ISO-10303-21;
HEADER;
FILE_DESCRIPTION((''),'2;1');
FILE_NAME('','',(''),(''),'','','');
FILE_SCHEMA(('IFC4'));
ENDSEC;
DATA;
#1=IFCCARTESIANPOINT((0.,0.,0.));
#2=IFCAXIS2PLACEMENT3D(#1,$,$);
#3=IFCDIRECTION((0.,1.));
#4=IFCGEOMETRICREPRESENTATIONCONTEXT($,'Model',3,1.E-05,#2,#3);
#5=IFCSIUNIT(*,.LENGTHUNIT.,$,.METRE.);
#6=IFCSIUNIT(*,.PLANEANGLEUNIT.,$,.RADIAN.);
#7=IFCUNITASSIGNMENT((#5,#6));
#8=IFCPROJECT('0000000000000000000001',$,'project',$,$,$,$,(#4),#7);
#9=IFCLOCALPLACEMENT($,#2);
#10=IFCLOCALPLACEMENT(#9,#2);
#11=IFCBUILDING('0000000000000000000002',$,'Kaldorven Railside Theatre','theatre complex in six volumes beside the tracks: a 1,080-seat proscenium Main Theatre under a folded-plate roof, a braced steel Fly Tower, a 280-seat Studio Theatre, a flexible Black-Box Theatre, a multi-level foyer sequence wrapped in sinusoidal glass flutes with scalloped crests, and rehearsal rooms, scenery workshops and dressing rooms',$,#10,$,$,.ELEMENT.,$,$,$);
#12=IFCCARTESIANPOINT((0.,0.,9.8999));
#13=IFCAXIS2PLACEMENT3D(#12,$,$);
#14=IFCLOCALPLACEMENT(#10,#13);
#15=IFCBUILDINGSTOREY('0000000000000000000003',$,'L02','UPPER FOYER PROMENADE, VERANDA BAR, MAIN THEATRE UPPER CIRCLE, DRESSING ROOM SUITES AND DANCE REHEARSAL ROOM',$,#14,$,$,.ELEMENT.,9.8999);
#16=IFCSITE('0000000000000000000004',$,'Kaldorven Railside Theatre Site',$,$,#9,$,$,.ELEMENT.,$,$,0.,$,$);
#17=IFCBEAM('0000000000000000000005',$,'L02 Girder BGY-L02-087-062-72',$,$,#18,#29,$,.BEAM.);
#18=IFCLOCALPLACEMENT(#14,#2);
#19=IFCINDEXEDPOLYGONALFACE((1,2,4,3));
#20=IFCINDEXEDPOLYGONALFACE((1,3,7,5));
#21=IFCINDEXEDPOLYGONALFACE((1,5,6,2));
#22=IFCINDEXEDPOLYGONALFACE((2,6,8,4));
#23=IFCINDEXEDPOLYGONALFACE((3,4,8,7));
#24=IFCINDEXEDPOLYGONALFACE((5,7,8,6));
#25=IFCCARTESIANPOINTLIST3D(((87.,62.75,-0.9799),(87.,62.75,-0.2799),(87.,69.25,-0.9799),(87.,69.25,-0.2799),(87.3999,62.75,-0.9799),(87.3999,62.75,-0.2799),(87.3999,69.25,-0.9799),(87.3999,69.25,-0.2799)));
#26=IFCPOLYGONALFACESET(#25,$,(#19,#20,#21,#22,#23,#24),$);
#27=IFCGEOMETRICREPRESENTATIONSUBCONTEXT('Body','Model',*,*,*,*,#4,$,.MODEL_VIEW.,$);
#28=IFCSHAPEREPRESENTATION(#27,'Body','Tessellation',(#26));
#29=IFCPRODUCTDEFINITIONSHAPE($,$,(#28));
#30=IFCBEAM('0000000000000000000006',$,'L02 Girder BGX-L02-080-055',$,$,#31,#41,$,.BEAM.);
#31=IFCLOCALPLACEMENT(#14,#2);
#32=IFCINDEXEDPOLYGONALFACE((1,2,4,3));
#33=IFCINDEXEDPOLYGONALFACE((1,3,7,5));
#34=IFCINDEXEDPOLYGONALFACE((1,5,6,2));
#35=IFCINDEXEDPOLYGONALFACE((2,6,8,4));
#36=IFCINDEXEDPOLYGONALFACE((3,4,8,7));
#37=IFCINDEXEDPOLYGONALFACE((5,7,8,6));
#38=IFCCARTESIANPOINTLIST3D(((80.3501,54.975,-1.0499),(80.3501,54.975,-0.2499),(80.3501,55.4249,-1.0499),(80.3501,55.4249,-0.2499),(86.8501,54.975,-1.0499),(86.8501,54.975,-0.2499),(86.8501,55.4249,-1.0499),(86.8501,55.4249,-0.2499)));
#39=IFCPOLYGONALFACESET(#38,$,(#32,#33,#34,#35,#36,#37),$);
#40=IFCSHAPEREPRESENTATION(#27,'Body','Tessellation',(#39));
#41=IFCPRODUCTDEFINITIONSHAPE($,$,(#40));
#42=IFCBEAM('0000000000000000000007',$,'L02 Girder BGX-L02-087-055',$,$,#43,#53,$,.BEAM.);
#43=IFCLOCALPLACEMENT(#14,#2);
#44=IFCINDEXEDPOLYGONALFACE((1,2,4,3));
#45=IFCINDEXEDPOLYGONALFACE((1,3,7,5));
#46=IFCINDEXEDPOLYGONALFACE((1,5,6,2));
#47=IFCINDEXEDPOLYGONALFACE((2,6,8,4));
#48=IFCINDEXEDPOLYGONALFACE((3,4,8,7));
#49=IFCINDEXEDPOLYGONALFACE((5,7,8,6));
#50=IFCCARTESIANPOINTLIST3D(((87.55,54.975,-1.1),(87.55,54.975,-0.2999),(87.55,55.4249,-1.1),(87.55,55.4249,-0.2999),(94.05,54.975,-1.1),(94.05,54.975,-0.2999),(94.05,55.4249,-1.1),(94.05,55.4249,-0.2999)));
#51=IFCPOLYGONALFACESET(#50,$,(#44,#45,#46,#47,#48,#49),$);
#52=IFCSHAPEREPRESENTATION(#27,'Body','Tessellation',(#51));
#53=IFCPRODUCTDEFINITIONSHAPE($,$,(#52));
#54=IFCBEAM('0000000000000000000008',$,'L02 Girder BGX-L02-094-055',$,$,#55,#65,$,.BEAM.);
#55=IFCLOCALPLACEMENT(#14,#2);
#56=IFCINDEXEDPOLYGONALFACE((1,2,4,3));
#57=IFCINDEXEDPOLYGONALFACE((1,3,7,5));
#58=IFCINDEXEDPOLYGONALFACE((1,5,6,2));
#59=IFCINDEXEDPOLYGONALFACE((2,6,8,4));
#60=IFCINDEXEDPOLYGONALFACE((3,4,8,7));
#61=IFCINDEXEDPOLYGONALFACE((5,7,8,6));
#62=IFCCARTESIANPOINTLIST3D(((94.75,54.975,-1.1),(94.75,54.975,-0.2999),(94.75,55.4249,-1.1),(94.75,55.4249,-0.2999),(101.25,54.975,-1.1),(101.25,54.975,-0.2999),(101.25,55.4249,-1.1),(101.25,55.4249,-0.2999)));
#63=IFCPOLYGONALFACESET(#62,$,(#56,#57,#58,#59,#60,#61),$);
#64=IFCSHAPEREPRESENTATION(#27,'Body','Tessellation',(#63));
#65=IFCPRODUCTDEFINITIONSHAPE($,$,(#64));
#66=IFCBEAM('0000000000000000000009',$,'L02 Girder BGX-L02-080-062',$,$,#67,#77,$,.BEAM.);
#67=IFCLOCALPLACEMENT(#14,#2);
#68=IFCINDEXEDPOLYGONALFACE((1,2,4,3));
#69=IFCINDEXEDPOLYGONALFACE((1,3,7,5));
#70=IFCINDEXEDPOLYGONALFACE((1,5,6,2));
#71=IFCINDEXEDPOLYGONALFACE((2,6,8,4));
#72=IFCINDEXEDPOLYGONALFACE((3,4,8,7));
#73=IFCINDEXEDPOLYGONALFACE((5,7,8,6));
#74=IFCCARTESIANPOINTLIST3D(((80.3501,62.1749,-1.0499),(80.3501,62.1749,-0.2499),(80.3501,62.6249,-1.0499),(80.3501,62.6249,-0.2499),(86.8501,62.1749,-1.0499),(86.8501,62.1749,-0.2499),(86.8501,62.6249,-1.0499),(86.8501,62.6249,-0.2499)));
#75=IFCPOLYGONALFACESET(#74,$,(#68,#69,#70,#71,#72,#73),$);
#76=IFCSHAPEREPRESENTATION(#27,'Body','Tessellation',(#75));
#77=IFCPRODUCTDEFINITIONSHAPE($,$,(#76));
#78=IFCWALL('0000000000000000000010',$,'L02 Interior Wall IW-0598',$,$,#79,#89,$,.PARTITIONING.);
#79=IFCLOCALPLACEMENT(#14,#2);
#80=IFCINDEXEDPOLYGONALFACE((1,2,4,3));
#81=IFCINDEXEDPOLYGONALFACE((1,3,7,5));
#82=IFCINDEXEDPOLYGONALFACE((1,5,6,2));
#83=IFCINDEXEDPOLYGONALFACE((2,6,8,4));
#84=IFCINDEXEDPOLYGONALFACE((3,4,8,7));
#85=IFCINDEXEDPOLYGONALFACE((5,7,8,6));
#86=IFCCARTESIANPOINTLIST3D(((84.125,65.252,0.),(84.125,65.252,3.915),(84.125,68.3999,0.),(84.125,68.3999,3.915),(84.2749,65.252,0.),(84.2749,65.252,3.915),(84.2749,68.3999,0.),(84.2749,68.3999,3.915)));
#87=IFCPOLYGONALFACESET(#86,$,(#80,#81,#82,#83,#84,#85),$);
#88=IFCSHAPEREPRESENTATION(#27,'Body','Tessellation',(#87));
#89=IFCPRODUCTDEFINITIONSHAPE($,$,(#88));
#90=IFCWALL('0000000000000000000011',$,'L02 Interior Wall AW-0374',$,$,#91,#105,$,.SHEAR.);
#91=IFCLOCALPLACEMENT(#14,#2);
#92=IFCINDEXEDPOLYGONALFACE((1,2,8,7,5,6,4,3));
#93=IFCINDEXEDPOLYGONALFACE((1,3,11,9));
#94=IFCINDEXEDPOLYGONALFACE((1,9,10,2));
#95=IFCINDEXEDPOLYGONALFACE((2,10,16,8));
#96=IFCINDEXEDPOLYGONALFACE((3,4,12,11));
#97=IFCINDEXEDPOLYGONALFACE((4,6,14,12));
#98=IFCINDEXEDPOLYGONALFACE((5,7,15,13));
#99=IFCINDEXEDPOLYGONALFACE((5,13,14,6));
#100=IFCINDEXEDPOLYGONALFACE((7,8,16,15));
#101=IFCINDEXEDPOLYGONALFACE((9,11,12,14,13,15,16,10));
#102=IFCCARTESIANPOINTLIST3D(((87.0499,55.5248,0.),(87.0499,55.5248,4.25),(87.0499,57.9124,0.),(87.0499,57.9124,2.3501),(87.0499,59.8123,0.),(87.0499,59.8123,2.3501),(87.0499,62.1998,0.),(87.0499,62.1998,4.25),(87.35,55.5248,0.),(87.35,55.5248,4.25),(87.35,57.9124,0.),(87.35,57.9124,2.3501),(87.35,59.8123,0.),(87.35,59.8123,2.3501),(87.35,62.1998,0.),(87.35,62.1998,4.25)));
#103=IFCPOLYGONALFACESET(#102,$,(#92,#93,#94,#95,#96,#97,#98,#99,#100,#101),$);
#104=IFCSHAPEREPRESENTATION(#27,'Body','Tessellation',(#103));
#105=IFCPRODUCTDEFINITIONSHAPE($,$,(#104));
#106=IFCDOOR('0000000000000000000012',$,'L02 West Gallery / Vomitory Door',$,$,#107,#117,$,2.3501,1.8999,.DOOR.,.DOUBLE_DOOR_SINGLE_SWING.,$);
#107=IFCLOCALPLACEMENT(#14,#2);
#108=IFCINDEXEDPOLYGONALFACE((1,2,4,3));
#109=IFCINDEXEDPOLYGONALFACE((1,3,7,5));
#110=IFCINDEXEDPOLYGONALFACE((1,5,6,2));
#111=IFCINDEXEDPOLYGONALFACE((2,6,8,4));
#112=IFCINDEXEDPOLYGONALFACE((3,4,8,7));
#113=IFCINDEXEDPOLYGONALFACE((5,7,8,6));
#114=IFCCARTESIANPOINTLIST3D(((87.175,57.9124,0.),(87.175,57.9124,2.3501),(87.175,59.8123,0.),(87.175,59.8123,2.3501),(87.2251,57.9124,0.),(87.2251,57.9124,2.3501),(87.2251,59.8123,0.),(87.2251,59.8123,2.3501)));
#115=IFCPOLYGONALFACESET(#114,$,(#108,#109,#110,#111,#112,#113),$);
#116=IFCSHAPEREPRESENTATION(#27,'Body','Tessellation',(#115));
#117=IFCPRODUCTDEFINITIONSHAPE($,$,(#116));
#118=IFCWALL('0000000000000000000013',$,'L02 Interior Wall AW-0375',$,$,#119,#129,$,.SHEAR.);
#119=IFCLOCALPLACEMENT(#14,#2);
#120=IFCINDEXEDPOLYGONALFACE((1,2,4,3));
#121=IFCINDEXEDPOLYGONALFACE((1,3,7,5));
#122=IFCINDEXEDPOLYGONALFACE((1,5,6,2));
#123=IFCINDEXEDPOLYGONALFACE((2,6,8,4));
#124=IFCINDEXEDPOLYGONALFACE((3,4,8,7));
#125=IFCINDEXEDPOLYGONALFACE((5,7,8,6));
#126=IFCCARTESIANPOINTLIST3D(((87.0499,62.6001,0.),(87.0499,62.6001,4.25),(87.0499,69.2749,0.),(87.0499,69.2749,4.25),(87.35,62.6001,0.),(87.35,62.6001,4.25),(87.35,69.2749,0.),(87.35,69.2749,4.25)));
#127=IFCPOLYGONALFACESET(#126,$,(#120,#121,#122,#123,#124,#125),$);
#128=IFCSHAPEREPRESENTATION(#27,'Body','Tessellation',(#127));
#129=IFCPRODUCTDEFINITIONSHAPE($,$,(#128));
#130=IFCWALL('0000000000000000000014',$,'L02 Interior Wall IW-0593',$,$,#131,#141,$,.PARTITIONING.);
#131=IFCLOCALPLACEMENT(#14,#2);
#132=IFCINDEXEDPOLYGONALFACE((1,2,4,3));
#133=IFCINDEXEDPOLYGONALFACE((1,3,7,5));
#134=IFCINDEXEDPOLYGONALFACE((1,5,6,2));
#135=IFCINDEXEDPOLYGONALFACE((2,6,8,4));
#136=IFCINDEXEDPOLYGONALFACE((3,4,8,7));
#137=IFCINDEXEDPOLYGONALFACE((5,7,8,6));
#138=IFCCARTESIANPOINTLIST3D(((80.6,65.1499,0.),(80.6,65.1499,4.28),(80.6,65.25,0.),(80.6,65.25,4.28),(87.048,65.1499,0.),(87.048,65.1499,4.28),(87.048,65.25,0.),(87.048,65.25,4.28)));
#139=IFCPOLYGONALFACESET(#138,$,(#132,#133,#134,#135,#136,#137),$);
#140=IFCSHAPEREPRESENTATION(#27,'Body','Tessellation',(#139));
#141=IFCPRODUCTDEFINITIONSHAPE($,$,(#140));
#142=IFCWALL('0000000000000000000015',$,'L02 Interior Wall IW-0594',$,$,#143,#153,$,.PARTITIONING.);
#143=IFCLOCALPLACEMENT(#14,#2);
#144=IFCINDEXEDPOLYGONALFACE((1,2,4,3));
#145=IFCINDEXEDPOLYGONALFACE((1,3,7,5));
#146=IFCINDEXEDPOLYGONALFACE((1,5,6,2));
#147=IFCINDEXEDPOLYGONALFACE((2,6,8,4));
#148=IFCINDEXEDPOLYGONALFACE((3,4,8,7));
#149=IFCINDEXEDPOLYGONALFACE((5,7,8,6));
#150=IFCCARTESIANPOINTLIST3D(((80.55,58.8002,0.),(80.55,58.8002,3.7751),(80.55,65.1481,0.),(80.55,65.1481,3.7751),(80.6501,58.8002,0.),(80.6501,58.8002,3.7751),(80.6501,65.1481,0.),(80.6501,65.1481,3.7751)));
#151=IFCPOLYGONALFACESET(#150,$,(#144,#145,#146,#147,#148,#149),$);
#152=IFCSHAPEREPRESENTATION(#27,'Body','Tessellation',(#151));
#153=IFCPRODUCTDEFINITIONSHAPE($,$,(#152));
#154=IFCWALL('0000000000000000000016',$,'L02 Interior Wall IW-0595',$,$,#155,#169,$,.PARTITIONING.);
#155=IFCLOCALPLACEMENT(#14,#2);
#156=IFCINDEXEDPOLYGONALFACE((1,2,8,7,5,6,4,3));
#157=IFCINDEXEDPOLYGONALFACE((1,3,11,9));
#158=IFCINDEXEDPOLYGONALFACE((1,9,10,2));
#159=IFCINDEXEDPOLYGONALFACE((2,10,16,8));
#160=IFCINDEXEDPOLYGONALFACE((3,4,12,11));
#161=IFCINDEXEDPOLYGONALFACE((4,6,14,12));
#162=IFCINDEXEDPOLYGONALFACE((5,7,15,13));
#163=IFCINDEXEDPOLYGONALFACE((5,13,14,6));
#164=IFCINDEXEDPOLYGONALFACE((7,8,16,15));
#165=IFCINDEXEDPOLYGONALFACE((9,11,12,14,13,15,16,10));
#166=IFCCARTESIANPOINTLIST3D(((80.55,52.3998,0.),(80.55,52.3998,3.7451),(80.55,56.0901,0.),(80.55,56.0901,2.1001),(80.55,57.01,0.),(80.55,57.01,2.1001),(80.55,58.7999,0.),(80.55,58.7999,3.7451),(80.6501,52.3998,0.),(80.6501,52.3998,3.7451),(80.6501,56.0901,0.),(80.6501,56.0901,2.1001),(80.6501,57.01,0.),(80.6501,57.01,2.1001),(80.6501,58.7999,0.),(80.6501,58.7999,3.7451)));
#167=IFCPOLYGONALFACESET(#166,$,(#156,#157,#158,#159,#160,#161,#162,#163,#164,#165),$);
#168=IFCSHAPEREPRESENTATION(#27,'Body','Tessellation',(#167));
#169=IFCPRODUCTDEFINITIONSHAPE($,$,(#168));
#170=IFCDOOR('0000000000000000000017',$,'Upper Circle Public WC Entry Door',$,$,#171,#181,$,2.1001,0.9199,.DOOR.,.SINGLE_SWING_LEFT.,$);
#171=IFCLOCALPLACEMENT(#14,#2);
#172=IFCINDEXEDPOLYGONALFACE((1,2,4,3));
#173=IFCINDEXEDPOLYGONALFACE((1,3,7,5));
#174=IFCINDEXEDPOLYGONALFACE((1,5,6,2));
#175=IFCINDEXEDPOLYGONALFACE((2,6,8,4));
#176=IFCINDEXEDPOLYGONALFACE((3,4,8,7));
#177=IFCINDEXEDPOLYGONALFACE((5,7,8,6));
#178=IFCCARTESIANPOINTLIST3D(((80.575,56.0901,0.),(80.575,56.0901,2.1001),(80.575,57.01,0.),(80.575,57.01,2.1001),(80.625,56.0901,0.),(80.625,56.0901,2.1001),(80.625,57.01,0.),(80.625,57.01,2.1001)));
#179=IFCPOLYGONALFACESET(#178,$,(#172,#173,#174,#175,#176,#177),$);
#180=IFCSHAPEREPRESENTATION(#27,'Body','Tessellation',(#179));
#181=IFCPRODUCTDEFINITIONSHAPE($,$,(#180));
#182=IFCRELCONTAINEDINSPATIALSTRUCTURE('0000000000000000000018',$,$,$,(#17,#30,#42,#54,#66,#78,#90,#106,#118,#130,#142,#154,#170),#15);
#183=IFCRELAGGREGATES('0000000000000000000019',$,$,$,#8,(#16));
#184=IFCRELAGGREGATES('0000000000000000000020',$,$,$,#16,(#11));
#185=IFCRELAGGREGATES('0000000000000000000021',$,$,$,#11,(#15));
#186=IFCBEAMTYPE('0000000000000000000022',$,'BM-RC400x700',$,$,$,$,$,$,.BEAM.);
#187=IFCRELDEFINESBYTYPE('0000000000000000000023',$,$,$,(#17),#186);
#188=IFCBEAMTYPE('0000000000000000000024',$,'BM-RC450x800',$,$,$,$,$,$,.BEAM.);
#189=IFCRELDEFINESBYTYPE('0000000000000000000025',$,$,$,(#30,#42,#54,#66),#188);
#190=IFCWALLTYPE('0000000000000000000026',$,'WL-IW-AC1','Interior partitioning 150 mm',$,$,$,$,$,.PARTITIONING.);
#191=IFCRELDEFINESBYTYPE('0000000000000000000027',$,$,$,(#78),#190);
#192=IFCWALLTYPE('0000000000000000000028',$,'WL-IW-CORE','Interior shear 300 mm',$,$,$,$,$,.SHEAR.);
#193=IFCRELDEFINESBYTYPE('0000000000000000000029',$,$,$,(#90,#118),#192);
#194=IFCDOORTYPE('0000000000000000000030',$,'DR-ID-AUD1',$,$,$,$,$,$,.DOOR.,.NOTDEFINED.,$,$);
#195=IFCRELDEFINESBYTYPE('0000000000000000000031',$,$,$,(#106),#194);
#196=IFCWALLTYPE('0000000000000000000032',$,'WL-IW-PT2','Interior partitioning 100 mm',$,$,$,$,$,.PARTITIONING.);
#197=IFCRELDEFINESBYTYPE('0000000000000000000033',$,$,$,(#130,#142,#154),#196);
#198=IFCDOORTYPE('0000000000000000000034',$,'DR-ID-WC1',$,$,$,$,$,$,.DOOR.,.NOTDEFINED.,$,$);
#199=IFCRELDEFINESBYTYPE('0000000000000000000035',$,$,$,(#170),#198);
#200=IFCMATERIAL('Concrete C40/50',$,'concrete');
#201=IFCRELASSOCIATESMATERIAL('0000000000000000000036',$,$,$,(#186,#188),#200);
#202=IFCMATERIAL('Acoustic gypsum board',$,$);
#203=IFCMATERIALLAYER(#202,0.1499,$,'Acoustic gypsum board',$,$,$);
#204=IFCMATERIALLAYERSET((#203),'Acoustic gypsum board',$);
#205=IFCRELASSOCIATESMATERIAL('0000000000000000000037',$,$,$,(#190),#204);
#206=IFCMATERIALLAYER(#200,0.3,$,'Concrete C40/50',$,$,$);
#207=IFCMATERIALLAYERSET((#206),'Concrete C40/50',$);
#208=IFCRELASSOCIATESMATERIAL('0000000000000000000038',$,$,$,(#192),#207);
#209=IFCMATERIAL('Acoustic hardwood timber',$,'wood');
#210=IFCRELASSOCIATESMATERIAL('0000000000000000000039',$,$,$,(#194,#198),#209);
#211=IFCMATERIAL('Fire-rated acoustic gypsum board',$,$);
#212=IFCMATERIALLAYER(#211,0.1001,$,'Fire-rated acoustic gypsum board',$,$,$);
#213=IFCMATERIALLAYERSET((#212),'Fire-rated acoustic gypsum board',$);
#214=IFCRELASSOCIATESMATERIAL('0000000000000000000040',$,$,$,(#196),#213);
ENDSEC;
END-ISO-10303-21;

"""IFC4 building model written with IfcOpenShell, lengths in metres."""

from ifc_helpers import new_model, si_unit, direction, frame, frame_2d, origin, origin_2d, place, context, subcontext, project, spatial, rectangle, extrude, material, layer, layer_set, material_profile, profile_set, type_object, element, fill, save


model = new_model("IFC4")

# Units and contexts
model_context = context("Model", 3, precision=1e-05, world=origin(), true_north=direction((0.0, 1.0)))
body_context = subcontext(model_context, "Body", "Model", "MODEL_VIEW")
ifc_project = project(units=[si_unit("LENGTHUNIT", "METRE"), si_unit("PLANEANGLEUNIT", "RADIAN")], contexts=[model_context])

# Site, building, storey
site_placement = place(None, origin())
site = spatial("IfcSite", under=ifc_project, at=site_placement, Name="Kaldorven Railside Theatre Site", CompositionType="ELEMENT", RefElevation=0.0)
building_placement = place(site_placement, origin())
building = spatial("IfcBuilding", under=site, at=building_placement, Name="Kaldorven Railside Theatre", Description="theatre complex in six volumes beside the tracks: a 1,080-seat proscenium Main Theatre under a folded-plate roof, a braced steel Fly Tower, a 280-seat Studio Theatre, a flexible Black-Box Theatre, a multi-level foyer sequence wrapped in sinusoidal glass flutes with scalloped crests, and rehearsal rooms, scenery workshops and dressing rooms", CompositionType="ELEMENT")
storey_placement = place(building_placement, frame((0.0, 0.0, 9.8999)))
storey = spatial("IfcBuildingStorey", under=building, at=storey_placement, Name="L02", Description="UPPER FOYER PROMENADE, VERANDA BAR, MAIN THEATRE UPPER CIRCLE, DRESSING ROOM SUITES AND DANCE REHEARSAL ROOM", CompositionType="ELEMENT", Elevation=9.8999)

# Shared definitions
ifc_material_1 = material(Name="Concrete C40/50", Category="concrete")

# Beams
ifc_material_profile_1 = material_profile(ifc_material_1, rectangle(XDim=0.3999, YDim=0.7, at=origin_2d()), Name="RC 400x700")
ifc_profile_set_1 = profile_set([ifc_material_profile_1], Name="Concrete C40/50")
beam_type_1 = type_object("IfcBeamType", Name="BM-RC400x700", PredefinedType="BEAM", material=ifc_profile_set_1)
for number, where, z_axis, x_axis, name in (
    (1, (87.2, 62.75, -0.6299), (0.0, 1.0, 0.0), (-1.0, 0.0, 0.0), "L02 Girder BGY-L02-087-062-72"),
):
    element("IfcBeam", number, at=place(storey_placement, frame(where, z_axis=z_axis, x_axis=x_axis)), inside=storey, type_object=beam_type_1, Name=name, PredefinedType="BEAM", context=body_context, shape_type="SweptSolid", body=[
        extrude(rectangle(XDim=0.3999, YDim=0.7, at=origin_2d()), origin(), (0.0, 0.0, 1.0), 6.5),
    ])
ifc_material_profile_2 = material_profile(ifc_material_1, rectangle(XDim=0.45, YDim=0.8, at=origin_2d()), Name="RC 450x800")
ifc_profile_set_2 = profile_set([ifc_material_profile_2], Name="Concrete C40/50")
beam_type_2 = type_object("IfcBeamType", Name="BM-RC450x800", PredefinedType="BEAM", material=ifc_profile_set_2)
for number, where, z_axis, x_axis, name in (
    (2, (80.3501, 55.2, -0.6499), (1.0, 0.0, 0.0), (0.0, 1.0, 0.0), "L02 Girder BGX-L02-080-055"),
    (3, (87.55, 55.2, -0.7), (1.0, 0.0, 0.0), (0.0, 1.0, 0.0), "L02 Girder BGX-L02-087-055"),
    (4, (94.75, 55.2, -0.7), (1.0, 0.0, 0.0), (0.0, 1.0, 0.0), "L02 Girder BGX-L02-094-055"),
    (5, (80.3501, 62.3999, -0.6499), (1.0, 0.0, 0.0), (0.0, 1.0, 0.0), "L02 Girder BGX-L02-080-062"),
):
    element("IfcBeam", number, at=place(storey_placement, frame(where, z_axis=z_axis, x_axis=x_axis)), inside=storey, type_object=beam_type_2, Name=name, PredefinedType="BEAM", context=body_context, shape_type="SweptSolid", body=[
        extrude(rectangle(XDim=0.45, YDim=0.8, at=origin_2d()), origin(), (0.0, 0.0, 1.0), 6.5),
    ])

# Wall
ifc_material_2 = material(Name="Acoustic gypsum board")
ifc_layer_1 = layer(ifc_material_2, 0.1499, Name="Acoustic gypsum board")
ifc_layer_set_1 = layer_set([ifc_layer_1], Name="Acoustic gypsum board")
wall_type_1 = type_object("IfcWallType", Name="WL-IW-AC1", Description="Interior partitioning 150 mm", PredefinedType="PARTITIONING", material=ifc_layer_set_1)
wall_1_placement = place(storey_placement, frame((84.2, 65.252, 0.0), z_axis=(0.0, 0.0, 1.0), x_axis=(0.0, 1.0, 0.0)))
element("IfcWall", 6, at=wall_1_placement, inside=storey, type_object=wall_type_1, Name="L02 Interior Wall IW-0598", PredefinedType="PARTITIONING", context=body_context, shape_type="SweptSolid", body=[
    extrude(rectangle(XDim=3.1479, YDim=0.1499, at=frame_2d((1.574, 0.0))), origin(), (0.0, 0.0, 1.0), 3.915),
])

# Wall, opening, door
ifc_layer_2 = layer(ifc_material_1, 0.3, Name="Concrete C40/50")
ifc_layer_set_2 = layer_set([ifc_layer_2], Name="Concrete C40/50")
wall_type_2 = type_object("IfcWallType", Name="WL-IW-CORE", Description="Interior shear 300 mm", PredefinedType="SHEAR", material=ifc_layer_set_2)
wall_2_placement = place(storey_placement, frame((87.2, 55.5249, 0.0), z_axis=(0.0, 0.0, 1.0), x_axis=(0.0, 1.0, 0.0)))
wall_2 = element("IfcWall", 7, at=wall_2_placement, inside=storey, type_object=wall_type_2, Name="L02 Interior Wall AW-0374", PredefinedType="SHEAR", context=body_context, shape_type="SweptSolid", body=[
    extrude(rectangle(XDim=6.675, YDim=0.3, at=frame_2d((3.3374, 0.0))), origin(), (0.0, 0.0, 1.0), 4.25),
])
opening_1_placement = place(wall_2_placement, frame((2.3875, 0.0, 0.0)))
opening_1 = element("IfcOpeningElement", 8, at=opening_1_placement, cuts=wall_2, PredefinedType="OPENING", context=body_context, shape_type="SweptSolid", body=[
    extrude(rectangle(XDim=1.8999, YDim=2.3501, at=frame_2d((0.95, 1.175))), frame((0.0, 0.1602, 0.0), z_axis=(0.0, -1.0, 0.0), x_axis=(1.0, 0.0, 0.0)), (0.0, 0.0, 1.0), 0.3201),
])
ifc_material_3 = material(Name="Acoustic hardwood timber", Category="wood")
door_type_1 = type_object("IfcDoorType", Name="DR-ID-AUD1", OperationType="NOTDEFINED", PredefinedType="DOOR", material=ifc_material_3)
door_1_placement = place(opening_1_placement, origin())
door_1 = element("IfcDoor", 9, at=door_1_placement, inside=storey, type_object=door_type_1, Name="L02 West Gallery / Vomitory Door", OperationType="DOUBLE_DOOR_SINGLE_SWING", OverallHeight=2.3501, OverallWidth=1.8999, PredefinedType="DOOR", context=body_context, shape_type="SweptSolid", body=[
    extrude(rectangle(XDim=1.8999, YDim=2.3501, at=frame_2d((0.95, 1.175))), frame((0.0, 0.0249, 0.0), z_axis=(0.0, -1.0, 0.0), x_axis=(1.0, 0.0, 0.0)), (0.0, 0.0, 1.0), 0.05),
])
fill(opening_1, door_1)

# Walls
wall_3_placement = place(storey_placement, frame((87.2, 62.6001, 0.0), z_axis=(0.0, 0.0, 1.0), x_axis=(0.0, 1.0, 0.0)))
element("IfcWall", 10, at=wall_3_placement, inside=storey, type_object=wall_type_2, Name="L02 Interior Wall AW-0375", PredefinedType="SHEAR", context=body_context, shape_type="SweptSolid", body=[
    extrude(rectangle(XDim=6.6748, YDim=0.3, at=frame_2d((3.3374, 0.0))), origin(), (0.0, 0.0, 1.0), 4.25),
])
ifc_material_4 = material(Name="Fire-rated acoustic gypsum board")
ifc_layer_3 = layer(ifc_material_4, 0.1001, Name="Fire-rated acoustic gypsum board")
ifc_layer_set_3 = layer_set([ifc_layer_3], Name="Fire-rated acoustic gypsum board")
wall_type_3 = type_object("IfcWallType", Name="WL-IW-PT2", Description="Interior partitioning 100 mm", PredefinedType="PARTITIONING", material=ifc_layer_set_3)
wall_4_placement = place(storey_placement, frame((87.0481, 65.2, 0.0), z_axis=(0.0, 0.0, 1.0), x_axis=(-1.0, 0.0, 0.0)))
element("IfcWall", 11, at=wall_4_placement, inside=storey, type_object=wall_type_3, Name="L02 Interior Wall IW-0593", PredefinedType="PARTITIONING", context=body_context, shape_type="SweptSolid", body=[
    extrude(rectangle(XDim=6.448, YDim=0.1001, at=frame_2d((3.2241, 0.0))), origin(), (0.0, 0.0, 1.0), 4.28),
])
wall_5_placement = place(storey_placement, frame((80.6001, 65.1479, 0.0), z_axis=(0.0, 0.0, 1.0), x_axis=(0.0, -1.0, 0.0)))
element("IfcWall", 12, at=wall_5_placement, inside=storey, type_object=wall_type_3, Name="L02 Interior Wall IW-0594", PredefinedType="PARTITIONING", context=body_context, shape_type="SweptSolid", body=[
    extrude(rectangle(XDim=6.3479, YDim=0.1001, at=frame_2d((3.1738, 0.0))), origin(), (0.0, 0.0, 1.0), 3.7751),
])

# Wall, opening, door
wall_6_placement = place(storey_placement, frame((80.6001, 58.8, 0.0), z_axis=(0.0, 0.0, 1.0), x_axis=(0.0, -1.0, 0.0)))
wall_6 = element("IfcWall", 13, at=wall_6_placement, inside=storey, type_object=wall_type_3, Name="L02 Interior Wall IW-0595", PredefinedType="PARTITIONING", context=body_context, shape_type="SweptSolid", body=[
    extrude(rectangle(XDim=6.4001, YDim=0.1001, at=frame_2d((3.2002, 0.0))), origin(), (0.0, 0.0, 1.0), 3.7451),
])
opening_2_placement = place(wall_6_placement, frame((1.79, 0.0, 0.0)))
opening_2 = element("IfcOpeningElement", 14, at=opening_2_placement, cuts=wall_6, PredefinedType="OPENING", context=body_context, shape_type="SweptSolid", body=[
    extrude(rectangle(XDim=0.9199, YDim=2.1001, at=frame_2d((0.46, 1.05))), frame((0.0, 0.0601, 0.0), z_axis=(0.0, -1.0, 0.0), x_axis=(1.0, 0.0, 0.0)), (0.0, 0.0, 1.0), 0.1201),
])
door_type_2 = type_object("IfcDoorType", Name="DR-ID-WC1", OperationType="NOTDEFINED", PredefinedType="DOOR", material=ifc_material_3)
door_2_placement = place(opening_2_placement, origin())
door_2 = element("IfcDoor", 15, at=door_2_placement, inside=storey, type_object=door_type_2, Name="Upper Circle Public WC Entry Door", OperationType="SINGLE_SWING_LEFT", OverallHeight=2.1001, OverallWidth=0.9199, PredefinedType="DOOR", context=body_context, shape_type="SweptSolid", body=[
    extrude(rectangle(XDim=0.9199, YDim=2.1001, at=frame_2d((0.46, 1.05))), frame((0.0, 0.0249, 0.0), z_axis=(0.0, -1.0, 0.0), x_axis=(1.0, 0.0, 0.0)), (0.0, 0.0, 1.0), 0.05),
])
fill(opening_2, door_2)

save(model, "model.ifc")
